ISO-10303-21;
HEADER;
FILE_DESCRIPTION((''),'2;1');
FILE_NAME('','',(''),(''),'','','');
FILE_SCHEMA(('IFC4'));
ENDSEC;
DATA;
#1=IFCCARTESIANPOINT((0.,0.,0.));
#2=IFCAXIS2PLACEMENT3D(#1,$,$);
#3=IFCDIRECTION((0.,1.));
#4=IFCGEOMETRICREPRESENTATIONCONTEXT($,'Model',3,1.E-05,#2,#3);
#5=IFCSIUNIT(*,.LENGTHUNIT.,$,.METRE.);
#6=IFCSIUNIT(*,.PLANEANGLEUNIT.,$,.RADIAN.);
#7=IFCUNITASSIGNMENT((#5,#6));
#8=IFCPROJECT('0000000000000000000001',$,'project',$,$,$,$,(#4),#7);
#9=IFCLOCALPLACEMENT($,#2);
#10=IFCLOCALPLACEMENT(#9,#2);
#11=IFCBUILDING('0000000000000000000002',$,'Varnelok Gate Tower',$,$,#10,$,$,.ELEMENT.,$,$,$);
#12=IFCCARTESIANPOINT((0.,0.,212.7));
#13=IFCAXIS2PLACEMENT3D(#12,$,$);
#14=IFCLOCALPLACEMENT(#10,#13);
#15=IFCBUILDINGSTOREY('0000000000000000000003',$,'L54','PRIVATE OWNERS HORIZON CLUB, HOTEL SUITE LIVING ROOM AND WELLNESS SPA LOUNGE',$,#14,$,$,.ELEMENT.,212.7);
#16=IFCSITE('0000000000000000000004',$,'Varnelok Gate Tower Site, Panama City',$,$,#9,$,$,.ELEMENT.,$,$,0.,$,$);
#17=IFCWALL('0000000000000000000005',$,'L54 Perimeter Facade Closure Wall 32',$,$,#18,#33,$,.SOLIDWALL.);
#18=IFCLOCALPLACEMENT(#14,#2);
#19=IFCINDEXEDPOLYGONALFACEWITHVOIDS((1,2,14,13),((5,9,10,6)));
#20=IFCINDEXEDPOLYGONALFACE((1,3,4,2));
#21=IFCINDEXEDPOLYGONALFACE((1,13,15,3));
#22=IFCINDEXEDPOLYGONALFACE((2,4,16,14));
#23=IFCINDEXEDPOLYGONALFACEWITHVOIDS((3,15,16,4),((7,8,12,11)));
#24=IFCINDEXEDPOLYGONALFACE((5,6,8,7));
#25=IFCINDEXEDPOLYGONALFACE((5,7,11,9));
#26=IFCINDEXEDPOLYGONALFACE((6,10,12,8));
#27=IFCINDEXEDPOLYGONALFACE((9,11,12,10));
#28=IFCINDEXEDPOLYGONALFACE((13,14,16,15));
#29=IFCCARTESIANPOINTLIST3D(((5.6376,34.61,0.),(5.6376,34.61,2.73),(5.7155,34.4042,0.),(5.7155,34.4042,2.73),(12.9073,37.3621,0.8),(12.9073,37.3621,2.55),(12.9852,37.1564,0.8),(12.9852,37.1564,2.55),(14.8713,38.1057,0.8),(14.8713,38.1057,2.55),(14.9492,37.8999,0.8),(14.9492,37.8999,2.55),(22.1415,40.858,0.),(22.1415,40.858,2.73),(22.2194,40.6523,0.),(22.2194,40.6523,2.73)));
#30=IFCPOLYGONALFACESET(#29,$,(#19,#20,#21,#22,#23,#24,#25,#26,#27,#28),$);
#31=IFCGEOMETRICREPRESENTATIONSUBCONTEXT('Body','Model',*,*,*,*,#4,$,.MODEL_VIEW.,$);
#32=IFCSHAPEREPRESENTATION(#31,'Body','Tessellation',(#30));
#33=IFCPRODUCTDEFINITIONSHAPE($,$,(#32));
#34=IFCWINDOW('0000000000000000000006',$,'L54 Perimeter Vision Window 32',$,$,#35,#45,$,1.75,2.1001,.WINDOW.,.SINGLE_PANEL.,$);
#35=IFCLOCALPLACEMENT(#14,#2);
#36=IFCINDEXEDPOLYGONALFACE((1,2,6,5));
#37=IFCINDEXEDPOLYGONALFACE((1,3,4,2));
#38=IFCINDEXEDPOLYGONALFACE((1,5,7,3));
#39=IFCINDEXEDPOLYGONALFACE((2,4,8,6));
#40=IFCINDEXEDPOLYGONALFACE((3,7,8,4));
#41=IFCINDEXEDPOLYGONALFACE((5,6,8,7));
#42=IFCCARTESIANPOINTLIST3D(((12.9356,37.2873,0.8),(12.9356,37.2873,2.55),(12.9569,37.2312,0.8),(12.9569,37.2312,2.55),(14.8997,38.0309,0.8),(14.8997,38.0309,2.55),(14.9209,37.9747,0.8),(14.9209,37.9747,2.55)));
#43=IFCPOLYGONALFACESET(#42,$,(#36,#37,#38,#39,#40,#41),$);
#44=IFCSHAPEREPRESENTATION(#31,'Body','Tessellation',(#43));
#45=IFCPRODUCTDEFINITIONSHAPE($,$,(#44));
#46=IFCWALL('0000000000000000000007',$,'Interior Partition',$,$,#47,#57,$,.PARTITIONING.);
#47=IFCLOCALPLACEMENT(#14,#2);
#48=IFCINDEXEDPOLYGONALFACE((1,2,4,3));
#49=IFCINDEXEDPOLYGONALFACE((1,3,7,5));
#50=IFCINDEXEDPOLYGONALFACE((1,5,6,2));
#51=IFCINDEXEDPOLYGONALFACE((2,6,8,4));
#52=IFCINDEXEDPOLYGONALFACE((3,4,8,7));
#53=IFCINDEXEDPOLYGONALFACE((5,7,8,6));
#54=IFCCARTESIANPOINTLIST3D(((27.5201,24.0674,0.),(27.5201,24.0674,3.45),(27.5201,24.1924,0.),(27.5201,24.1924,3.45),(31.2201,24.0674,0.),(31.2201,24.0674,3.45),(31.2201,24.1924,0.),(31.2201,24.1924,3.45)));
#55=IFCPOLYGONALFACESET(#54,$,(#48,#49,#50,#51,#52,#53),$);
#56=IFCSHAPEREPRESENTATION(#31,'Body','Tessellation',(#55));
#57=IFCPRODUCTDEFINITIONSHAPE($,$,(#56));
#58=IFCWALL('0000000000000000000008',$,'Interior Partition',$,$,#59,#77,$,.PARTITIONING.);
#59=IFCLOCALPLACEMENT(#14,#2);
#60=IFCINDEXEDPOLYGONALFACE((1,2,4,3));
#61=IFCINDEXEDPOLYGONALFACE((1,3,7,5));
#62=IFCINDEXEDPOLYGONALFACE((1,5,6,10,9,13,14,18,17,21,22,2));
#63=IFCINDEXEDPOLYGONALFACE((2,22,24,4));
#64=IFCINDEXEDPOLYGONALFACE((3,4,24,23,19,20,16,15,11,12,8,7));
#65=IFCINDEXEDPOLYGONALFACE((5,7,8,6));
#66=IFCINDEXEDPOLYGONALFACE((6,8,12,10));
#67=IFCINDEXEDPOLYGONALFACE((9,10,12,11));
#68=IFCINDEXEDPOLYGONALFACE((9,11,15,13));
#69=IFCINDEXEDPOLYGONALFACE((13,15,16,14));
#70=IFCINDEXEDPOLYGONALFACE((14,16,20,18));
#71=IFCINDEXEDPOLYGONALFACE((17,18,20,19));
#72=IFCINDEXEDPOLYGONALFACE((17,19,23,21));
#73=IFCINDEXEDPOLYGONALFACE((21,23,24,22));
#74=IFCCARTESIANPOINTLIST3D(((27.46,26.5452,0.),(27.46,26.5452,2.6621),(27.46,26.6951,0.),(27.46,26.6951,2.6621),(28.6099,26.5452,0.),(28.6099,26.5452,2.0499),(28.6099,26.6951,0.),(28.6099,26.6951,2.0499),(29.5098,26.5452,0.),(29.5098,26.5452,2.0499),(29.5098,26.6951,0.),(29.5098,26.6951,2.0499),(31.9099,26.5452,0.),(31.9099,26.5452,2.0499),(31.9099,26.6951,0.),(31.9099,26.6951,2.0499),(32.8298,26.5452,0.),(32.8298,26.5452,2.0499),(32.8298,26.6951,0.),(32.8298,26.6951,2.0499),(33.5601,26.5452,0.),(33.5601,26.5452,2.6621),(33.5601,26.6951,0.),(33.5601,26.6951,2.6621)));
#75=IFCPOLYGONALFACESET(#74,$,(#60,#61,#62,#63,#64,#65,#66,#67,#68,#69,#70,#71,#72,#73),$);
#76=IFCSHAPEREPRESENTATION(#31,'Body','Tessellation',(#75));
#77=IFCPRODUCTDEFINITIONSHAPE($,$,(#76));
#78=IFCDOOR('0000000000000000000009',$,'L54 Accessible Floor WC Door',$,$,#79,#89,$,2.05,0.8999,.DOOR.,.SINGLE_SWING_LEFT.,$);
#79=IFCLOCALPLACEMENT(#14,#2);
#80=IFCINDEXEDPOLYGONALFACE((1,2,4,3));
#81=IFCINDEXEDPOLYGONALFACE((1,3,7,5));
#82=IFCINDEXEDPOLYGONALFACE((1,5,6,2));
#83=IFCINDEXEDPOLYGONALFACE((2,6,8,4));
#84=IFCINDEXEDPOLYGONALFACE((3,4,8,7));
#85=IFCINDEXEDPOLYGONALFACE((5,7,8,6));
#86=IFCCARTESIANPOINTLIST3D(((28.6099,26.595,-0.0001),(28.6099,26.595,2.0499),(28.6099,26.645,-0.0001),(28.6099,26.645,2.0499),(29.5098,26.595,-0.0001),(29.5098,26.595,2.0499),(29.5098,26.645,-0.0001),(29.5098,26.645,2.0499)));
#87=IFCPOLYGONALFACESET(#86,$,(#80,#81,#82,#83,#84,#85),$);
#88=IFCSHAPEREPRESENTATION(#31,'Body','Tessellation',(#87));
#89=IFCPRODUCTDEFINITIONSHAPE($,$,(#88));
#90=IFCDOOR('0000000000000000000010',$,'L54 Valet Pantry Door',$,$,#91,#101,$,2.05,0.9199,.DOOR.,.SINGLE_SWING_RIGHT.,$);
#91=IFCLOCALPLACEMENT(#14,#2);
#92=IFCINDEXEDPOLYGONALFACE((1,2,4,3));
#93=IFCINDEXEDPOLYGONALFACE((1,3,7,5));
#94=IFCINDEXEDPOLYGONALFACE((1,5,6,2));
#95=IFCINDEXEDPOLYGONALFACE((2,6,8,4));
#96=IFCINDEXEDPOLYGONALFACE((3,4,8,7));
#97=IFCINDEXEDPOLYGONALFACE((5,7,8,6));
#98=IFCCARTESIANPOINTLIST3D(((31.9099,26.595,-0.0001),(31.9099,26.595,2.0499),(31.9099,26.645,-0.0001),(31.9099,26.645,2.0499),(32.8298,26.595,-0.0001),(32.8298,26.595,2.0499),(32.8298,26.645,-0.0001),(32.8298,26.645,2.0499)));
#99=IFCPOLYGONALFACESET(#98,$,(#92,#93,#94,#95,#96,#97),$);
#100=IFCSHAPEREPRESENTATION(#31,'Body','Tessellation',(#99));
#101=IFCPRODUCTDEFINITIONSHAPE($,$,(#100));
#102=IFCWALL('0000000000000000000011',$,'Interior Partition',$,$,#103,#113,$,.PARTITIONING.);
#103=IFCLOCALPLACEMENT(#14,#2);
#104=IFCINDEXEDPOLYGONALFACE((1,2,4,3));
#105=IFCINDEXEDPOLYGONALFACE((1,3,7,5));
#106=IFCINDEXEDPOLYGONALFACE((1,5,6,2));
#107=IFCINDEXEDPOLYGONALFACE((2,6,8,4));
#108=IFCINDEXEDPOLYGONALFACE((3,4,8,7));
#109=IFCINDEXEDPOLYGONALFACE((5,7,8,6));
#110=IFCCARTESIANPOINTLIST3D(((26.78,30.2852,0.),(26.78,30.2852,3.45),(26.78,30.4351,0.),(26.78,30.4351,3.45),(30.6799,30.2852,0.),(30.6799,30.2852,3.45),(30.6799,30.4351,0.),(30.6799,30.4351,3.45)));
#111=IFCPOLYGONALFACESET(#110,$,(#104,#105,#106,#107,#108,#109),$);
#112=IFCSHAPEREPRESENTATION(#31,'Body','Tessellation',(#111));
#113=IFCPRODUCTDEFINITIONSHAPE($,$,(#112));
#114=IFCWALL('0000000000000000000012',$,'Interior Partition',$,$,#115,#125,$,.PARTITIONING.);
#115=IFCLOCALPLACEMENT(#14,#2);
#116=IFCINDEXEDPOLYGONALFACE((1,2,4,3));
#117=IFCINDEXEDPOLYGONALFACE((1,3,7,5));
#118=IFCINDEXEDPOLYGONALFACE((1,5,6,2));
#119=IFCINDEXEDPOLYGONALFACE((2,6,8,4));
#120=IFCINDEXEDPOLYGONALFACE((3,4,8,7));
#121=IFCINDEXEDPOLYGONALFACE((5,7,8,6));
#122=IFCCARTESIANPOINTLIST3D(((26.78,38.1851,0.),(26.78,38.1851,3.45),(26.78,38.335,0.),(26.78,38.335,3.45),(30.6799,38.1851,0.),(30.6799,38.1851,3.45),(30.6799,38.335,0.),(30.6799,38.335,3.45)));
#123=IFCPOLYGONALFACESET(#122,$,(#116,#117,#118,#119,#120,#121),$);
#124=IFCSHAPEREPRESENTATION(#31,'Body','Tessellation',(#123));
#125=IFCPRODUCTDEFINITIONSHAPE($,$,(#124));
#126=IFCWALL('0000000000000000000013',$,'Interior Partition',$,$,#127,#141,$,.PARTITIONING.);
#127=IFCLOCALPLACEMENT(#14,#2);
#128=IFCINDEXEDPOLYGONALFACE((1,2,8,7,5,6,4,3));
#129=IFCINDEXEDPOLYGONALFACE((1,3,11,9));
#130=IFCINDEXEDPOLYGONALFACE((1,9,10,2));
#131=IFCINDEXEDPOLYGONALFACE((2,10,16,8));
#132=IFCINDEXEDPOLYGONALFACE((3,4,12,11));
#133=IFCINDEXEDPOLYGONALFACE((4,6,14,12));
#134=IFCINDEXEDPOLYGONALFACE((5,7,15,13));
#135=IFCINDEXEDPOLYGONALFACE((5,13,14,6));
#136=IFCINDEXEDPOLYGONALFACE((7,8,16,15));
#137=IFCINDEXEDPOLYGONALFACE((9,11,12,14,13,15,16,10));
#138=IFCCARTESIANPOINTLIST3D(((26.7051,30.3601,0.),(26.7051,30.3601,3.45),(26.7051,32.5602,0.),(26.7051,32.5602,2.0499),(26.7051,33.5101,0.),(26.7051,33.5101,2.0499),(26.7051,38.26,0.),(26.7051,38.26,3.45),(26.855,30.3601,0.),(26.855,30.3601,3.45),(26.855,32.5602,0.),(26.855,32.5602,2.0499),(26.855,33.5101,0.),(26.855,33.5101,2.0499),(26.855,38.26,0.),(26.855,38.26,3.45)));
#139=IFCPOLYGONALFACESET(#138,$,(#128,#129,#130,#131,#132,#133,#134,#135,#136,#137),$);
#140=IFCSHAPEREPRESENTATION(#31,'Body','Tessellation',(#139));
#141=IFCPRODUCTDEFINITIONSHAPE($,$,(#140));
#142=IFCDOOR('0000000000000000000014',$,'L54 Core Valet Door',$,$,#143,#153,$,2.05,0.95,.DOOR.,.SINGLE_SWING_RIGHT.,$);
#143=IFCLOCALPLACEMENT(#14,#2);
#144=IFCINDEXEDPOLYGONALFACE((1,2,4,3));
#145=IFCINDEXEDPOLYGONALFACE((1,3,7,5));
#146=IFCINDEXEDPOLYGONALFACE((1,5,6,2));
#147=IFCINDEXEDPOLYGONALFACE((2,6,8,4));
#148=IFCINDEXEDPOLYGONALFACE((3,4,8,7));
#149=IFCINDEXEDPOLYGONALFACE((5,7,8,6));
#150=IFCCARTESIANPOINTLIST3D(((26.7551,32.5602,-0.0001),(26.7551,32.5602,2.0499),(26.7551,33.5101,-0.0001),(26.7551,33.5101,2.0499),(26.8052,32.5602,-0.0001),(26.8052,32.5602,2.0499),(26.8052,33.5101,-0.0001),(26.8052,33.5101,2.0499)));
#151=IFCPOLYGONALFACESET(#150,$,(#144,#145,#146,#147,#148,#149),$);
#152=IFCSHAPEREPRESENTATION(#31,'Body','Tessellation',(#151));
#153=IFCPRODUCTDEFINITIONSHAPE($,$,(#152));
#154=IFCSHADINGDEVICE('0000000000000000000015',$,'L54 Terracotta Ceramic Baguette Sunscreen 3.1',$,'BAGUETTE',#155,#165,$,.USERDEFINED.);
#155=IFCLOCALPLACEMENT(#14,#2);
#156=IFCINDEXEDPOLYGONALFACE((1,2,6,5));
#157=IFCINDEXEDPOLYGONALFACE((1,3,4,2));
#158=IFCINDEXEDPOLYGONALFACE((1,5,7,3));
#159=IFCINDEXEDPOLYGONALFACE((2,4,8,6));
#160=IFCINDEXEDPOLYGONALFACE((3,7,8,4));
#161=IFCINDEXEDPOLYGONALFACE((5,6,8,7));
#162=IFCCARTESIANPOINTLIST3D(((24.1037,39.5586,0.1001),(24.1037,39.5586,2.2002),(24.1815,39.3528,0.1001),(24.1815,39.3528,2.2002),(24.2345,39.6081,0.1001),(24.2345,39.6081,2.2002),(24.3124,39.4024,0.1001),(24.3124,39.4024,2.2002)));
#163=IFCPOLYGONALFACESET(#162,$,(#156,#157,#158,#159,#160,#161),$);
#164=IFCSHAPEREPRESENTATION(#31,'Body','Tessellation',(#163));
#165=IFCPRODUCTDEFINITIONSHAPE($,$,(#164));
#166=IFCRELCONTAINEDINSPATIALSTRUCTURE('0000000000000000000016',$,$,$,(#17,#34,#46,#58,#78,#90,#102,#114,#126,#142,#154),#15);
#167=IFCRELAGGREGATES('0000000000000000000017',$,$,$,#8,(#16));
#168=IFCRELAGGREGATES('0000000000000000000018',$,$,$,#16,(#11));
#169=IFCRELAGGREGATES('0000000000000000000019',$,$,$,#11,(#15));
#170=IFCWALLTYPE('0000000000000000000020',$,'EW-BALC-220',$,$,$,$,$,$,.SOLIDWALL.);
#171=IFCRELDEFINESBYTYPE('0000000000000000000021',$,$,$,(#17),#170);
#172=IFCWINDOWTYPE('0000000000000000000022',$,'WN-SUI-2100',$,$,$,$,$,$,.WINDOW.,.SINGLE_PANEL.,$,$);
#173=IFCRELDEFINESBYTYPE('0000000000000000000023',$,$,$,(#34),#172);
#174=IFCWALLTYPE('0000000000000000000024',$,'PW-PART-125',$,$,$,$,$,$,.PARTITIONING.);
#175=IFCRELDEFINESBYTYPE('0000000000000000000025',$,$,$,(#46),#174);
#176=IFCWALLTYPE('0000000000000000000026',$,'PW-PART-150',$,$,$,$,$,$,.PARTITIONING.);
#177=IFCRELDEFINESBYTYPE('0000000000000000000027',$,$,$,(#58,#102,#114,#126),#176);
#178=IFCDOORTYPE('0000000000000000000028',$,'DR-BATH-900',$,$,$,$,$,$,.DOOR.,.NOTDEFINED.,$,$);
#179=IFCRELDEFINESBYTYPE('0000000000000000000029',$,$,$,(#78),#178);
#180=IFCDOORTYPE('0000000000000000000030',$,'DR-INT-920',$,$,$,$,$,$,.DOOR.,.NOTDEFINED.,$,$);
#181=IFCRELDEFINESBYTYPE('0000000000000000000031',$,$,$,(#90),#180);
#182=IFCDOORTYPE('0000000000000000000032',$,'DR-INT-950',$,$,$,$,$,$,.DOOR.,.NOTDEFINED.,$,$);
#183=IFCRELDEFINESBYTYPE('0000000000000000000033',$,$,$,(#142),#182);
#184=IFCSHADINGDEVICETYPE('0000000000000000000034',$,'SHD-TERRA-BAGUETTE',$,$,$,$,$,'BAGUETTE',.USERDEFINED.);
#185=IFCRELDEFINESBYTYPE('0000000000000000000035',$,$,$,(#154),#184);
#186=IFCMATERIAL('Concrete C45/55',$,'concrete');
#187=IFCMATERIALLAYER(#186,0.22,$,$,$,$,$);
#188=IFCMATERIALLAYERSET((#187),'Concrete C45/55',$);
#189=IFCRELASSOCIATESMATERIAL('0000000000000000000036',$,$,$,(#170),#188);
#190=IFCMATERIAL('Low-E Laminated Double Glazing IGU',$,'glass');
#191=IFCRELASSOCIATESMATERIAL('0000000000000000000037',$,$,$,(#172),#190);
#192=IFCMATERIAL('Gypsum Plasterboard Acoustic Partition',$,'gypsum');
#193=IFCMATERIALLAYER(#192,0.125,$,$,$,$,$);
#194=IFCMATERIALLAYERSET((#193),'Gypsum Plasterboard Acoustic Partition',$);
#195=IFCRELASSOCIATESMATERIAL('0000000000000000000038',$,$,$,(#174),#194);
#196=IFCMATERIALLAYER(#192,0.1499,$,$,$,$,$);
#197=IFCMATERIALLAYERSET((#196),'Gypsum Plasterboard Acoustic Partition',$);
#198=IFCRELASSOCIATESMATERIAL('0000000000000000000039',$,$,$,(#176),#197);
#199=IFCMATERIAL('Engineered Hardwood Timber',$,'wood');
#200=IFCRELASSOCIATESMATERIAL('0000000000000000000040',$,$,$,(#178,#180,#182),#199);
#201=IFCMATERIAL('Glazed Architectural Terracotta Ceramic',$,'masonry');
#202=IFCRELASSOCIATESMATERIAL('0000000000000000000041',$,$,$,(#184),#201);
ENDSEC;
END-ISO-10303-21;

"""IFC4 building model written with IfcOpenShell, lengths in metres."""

from ifc_helpers import new_model, si_unit, direction, frame, frame_2d, origin, origin_2d, place, context, subcontext, project, spatial, rectangle, extrude, source, transform, mapped, material, layer, layer_set, type_object, element, fill, save


model = new_model("IFC4")

# Units and contexts
model_context = context("Model", 3, precision=1e-05, world=origin(), true_north=direction((0.0, 1.0)))
body_context = subcontext(model_context, "Body", "Model", "MODEL_VIEW")
ifc_project = project(units=[si_unit("LENGTHUNIT", "METRE"), si_unit("PLANEANGLEUNIT", "RADIAN")], contexts=[model_context])

# Site, building, storey
site_placement = place(None, origin())
site = spatial("IfcSite", under=ifc_project, at=site_placement, Name="Varnelok Gate Tower Site, Panama City", CompositionType="ELEMENT", RefElevation=0.0)
building_placement = place(site_placement, origin())
building = spatial("IfcBuilding", under=site, at=building_placement, Name="Varnelok Gate Tower", CompositionType="ELEMENT")
storey_placement = place(building_placement, frame((0.0, 0.0, 212.7)))
storey = spatial("IfcBuildingStorey", under=building, at=storey_placement, Name="L54", Description="PRIVATE OWNERS HORIZON CLUB, HOTEL SUITE LIVING ROOM AND WELLNESS SPA LOUNGE", CompositionType="ELEMENT", Elevation=212.7)

# Shared definitions
ifc_material_1 = material(Name="Concrete C45/55", Category="concrete")
ifc_layer_1 = layer(ifc_material_1, 0.22)
ifc_layer_set_1 = layer_set([ifc_layer_1], Name="Concrete C45/55")
wall_type_1 = type_object("IfcWallType", Name="EW-BALC-220", PredefinedType="SOLIDWALL", material=ifc_layer_set_1)
ifc_material_2 = material(Name="Low-E Laminated Double Glazing IGU", Category="glass")

# Wall, opening, window
wall_1_placement = place(storey_placement, frame((22.1804, 40.7551, 0.0), z_axis=(0.0, 0.0, 1.0), x_axis=(-0.935224, -0.354057, 0.0)))
wall_1 = element("IfcWall", 1, at=wall_1_placement, inside=storey, type_object=wall_type_1, Name="L54 Perimeter Facade Closure Wall 32", PredefinedType="SOLIDWALL", context=body_context, shape_type="SweptSolid", body=[
    extrude(rectangle(XDim=17.647, YDim=0.22, at=frame_2d((8.8235, 0.0))), origin(), (0.0, 0.0, 1.0), 2.73),
])
opening_1_placement = place(wall_1_placement, frame((7.7737, 0.0, 0.8)))
opening_1 = element("IfcOpeningElement", 2, at=opening_1_placement, cuts=wall_1, PredefinedType="OPENING", context=body_context, shape_type="SweptSolid", body=[
    extrude(rectangle(XDim=2.1001, YDim=1.75, at=frame_2d((1.05, 0.875))), frame((0.0, 0.1199, 0.0), z_axis=(0.0, -1.0, 0.0), x_axis=(1.0, 0.0, 0.0)), (0.0, 0.0, 1.0), 0.24),
])
window_type_1 = type_object("IfcWindowType", Name="WN-SUI-2100", PartitioningType="SINGLE_PANEL", PredefinedType="WINDOW", material=ifc_material_2)
window_1_placement = place(opening_1_placement, origin())
window_1 = element("IfcWindow", 3, at=window_1_placement, inside=storey, type_object=window_type_1, Name="L54 Perimeter Vision Window 32", OverallHeight=1.75, OverallWidth=2.1001, PartitioningType="SINGLE_PANEL", PredefinedType="WINDOW", context=body_context, shape_type="SweptSolid", body=[
    extrude(rectangle(XDim=2.1001, YDim=1.75, at=frame_2d((1.05, 0.875))), frame((0.0, 0.03, 0.0), z_axis=(0.0, -1.0, 0.0), x_axis=(1.0, 0.0, 0.0)), (0.0, 0.0, 1.0), 0.0601),
])
fill(opening_1, window_1)

# Wall
ifc_material_3 = material(Name="Gypsum Plasterboard Acoustic Partition", Category="gypsum")
ifc_layer_2 = layer(ifc_material_3, 0.125)
ifc_layer_set_2 = layer_set([ifc_layer_2], Name="Gypsum Plasterboard Acoustic Partition")
wall_type_2 = type_object("IfcWallType", Name="PW-PART-125", PredefinedType="PARTITIONING", material=ifc_layer_set_2)
wall_2_placement = place(storey_placement, frame((27.52, 24.1299, 0.0), z_axis=(0.0, 0.0, 1.0), x_axis=(1.0, 0.0, 0.0)))
element("IfcWall", 4, at=wall_2_placement, inside=storey, type_object=wall_type_2, Name="Interior Partition", PredefinedType="PARTITIONING", context=body_context, shape_type="SweptSolid", body=[
    extrude(rectangle(XDim=3.7, YDim=0.125, at=frame_2d((1.8501, 0.0))), origin(), (0.0, 0.0, 1.0), 3.45),
])

# Wall, openings, doors
ifc_layer_3 = layer(ifc_material_3, 0.1499)
ifc_layer_set_3 = layer_set([ifc_layer_3], Name="Gypsum Plasterboard Acoustic Partition")
wall_type_3 = type_object("IfcWallType", Name="PW-PART-150", PredefinedType="PARTITIONING", material=ifc_layer_set_3)
wall_3_placement = place(storey_placement, frame((27.46, 26.6201, 0.0), z_axis=(0.0, 0.0, 1.0), x_axis=(1.0, 0.0, 0.0)))
wall_3 = element("IfcWall", 5, at=wall_3_placement, inside=storey, type_object=wall_type_3, Name="Interior Partition", PredefinedType="PARTITIONING", context=body_context, shape_type="SweptSolid", body=[
    extrude(rectangle(XDim=6.1001, YDim=0.1499, at=frame_2d((3.05, 0.0))), origin(), (0.0, 0.0, 1.0), 2.6621),
])
opening_2_placement = place(wall_3_placement, frame((1.1499, 0.0, 0.0)))
opening_2 = element("IfcOpeningElement", 6, at=opening_2_placement, cuts=wall_3, PredefinedType="OPENING", context=body_context, shape_type="SweptSolid", body=[
    extrude(rectangle(XDim=0.8999, YDim=2.05, at=frame_2d((0.45, 1.0249))), frame((0.0, 0.085, 0.0), z_axis=(0.0, -1.0, 0.0), x_axis=(1.0, 0.0, 0.0)), (0.0, 0.0, 1.0), 0.1699),
])
opening_3_placement = place(wall_3_placement, frame((4.45, 0.0, 0.0)))
opening_3 = element("IfcOpeningElement", 7, at=opening_3_placement, cuts=wall_3, PredefinedType="OPENING", context=body_context, shape_type="SweptSolid", body=[
    extrude(rectangle(XDim=0.9199, YDim=2.05, at=frame_2d((0.46, 1.0249))), frame((0.0, 0.085, 0.0), z_axis=(0.0, -1.0, 0.0), x_axis=(1.0, 0.0, 0.0)), (0.0, 0.0, 1.0), 0.1699),
])
ifc_material_4 = material(Name="Engineered Hardwood Timber", Category="wood")
door_type_1 = type_object("IfcDoorType", Name="DR-BATH-900", OperationType="NOTDEFINED", PredefinedType="DOOR", material=ifc_material_4)
door_1_placement = place(opening_2_placement, origin())
door_1 = element("IfcDoor", 8, at=door_1_placement, inside=storey, type_object=door_type_1, Name="L54 Accessible Floor WC Door", OperationType="SINGLE_SWING_LEFT", OverallHeight=2.05, OverallWidth=0.8999, PredefinedType="DOOR", context=body_context, shape_type="SweptSolid", body=[
    extrude(rectangle(XDim=0.8999, YDim=2.05, at=frame_2d((0.45, 1.0249))), frame((0.0, 0.0249, 0.0), z_axis=(0.0, -1.0, 0.0), x_axis=(1.0, 0.0, 0.0)), (0.0, 0.0, 1.0), 0.05),
])
fill(opening_2, door_1)
door_type_2 = type_object("IfcDoorType", Name="DR-INT-920", OperationType="NOTDEFINED", PredefinedType="DOOR", material=ifc_material_4)
door_2_placement = place(opening_3_placement, origin())
door_2 = element("IfcDoor", 9, at=door_2_placement, inside=storey, type_object=door_type_2, Name="L54 Valet Pantry Door", OperationType="SINGLE_SWING_RIGHT", OverallHeight=2.05, OverallWidth=0.9199, PredefinedType="DOOR", context=body_context, shape_type="SweptSolid", body=[
    extrude(rectangle(XDim=0.9199, YDim=2.05, at=frame_2d((0.46, 1.0249))), frame((0.0, 0.0249, 0.0), z_axis=(0.0, -1.0, 0.0), x_axis=(1.0, 0.0, 0.0)), (0.0, 0.0, 1.0), 0.05),
])
fill(opening_3, door_2)

# Walls
for number, where, z_axis, x_axis, name in (
    (10, (26.78, 30.3601, 0.0), (0.0, 0.0, 1.0), (1.0, 0.0, 0.0), "Interior Partition"),
    (11, (26.78, 38.26, 0.0), (0.0, 0.0, 1.0), (1.0, 0.0, 0.0), "Interior Partition"),
):
    element("IfcWall", number, at=place(storey_placement, frame(where, z_axis=z_axis, x_axis=x_axis)), inside=storey, type_object=wall_type_3, Name=name, PredefinedType="PARTITIONING", context=body_context, shape_type="SweptSolid", body=[
        extrude(rectangle(XDim=3.8999, YDim=0.1499, at=frame_2d((1.95, 0.0))), origin(), (0.0, 0.0, 1.0), 3.45),
    ])

# Wall, opening, door
wall_4_placement = place(storey_placement, frame((26.78, 30.3601, 0.0), z_axis=(0.0, 0.0, 1.0), x_axis=(0.0, 1.0, 0.0)))
wall_4 = element("IfcWall", 12, at=wall_4_placement, inside=storey, type_object=wall_type_3, Name="Interior Partition", PredefinedType="PARTITIONING", context=body_context, shape_type="SweptSolid", body=[
    extrude(rectangle(XDim=7.8999, YDim=0.1499, at=frame_2d((3.95, 0.0))), origin(), (0.0, 0.0, 1.0), 3.45),
])
opening_4_placement = place(wall_4_placement, frame((2.2, 0.0, 0.0)))
opening_4 = element("IfcOpeningElement", 13, at=opening_4_placement, cuts=wall_4, PredefinedType="OPENING", context=body_context, shape_type="SweptSolid", body=[
    extrude(rectangle(XDim=0.95, YDim=2.05, at=frame_2d((0.4751, 1.0249))), frame((0.0, 0.085, 0.0), z_axis=(0.0, -1.0, 0.0), x_axis=(1.0, 0.0, 0.0)), (0.0, 0.0, 1.0), 0.1699),
])
door_type_3 = type_object("IfcDoorType", Name="DR-INT-950", OperationType="NOTDEFINED", PredefinedType="DOOR", material=ifc_material_4)
door_3_placement = place(opening_4_placement, origin())
door_3 = element("IfcDoor", 14, at=door_3_placement, inside=storey, type_object=door_type_3, Name="L54 Core Valet Door", OperationType="SINGLE_SWING_RIGHT", OverallHeight=2.05, OverallWidth=0.95, PredefinedType="DOOR", context=body_context, shape_type="SweptSolid", body=[
    extrude(rectangle(XDim=0.95, YDim=2.05, at=frame_2d((0.4751, 1.0249))), frame((0.0, 0.0249, 0.0), z_axis=(0.0, -1.0, 0.0), x_axis=(1.0, 0.0, 0.0)), (0.0, 0.0, 1.0), 0.05),
])
fill(opening_4, door_3)

# Shading device
ifc_material_5 = material(Name="Glazed Architectural Terracotta Ceramic", Category="masonry")
shading_device_type = type_object("IfcShadingDeviceType", Name="SHD-TERRA-BAGUETTE", ElementType="BAGUETTE", PredefinedType="USERDEFINED", material=ifc_material_5)
shared_shape_1 = source(origin(), body_context, "Body", "SweptSolid", [
    extrude(rectangle(XDim=0.1399, YDim=0.22, at=origin_2d()), origin(), (0.0, 0.0, 1.0), 2.1001),
])
shading_device_placement = place(storey_placement, frame((24.208, 39.4805, 0.1001), z_axis=(0.0, 0.0, 1.0), x_axis=(0.935222, 0.354063, 0.0)))
element("IfcShadingDevice", 15, at=shading_device_placement, inside=storey, type_object=shading_device_type, Name="L54 Terracotta Ceramic Baguette Sunscreen 3.1", ObjectType="BAGUETTE", PredefinedType="USERDEFINED", context=body_context, shape_type="MappedRepresentation", body=[
    mapped(shared_shape_1, transform((0.0, 0.0, 0.0), scale=1.0)),
])

save(model, "model.ifc")
